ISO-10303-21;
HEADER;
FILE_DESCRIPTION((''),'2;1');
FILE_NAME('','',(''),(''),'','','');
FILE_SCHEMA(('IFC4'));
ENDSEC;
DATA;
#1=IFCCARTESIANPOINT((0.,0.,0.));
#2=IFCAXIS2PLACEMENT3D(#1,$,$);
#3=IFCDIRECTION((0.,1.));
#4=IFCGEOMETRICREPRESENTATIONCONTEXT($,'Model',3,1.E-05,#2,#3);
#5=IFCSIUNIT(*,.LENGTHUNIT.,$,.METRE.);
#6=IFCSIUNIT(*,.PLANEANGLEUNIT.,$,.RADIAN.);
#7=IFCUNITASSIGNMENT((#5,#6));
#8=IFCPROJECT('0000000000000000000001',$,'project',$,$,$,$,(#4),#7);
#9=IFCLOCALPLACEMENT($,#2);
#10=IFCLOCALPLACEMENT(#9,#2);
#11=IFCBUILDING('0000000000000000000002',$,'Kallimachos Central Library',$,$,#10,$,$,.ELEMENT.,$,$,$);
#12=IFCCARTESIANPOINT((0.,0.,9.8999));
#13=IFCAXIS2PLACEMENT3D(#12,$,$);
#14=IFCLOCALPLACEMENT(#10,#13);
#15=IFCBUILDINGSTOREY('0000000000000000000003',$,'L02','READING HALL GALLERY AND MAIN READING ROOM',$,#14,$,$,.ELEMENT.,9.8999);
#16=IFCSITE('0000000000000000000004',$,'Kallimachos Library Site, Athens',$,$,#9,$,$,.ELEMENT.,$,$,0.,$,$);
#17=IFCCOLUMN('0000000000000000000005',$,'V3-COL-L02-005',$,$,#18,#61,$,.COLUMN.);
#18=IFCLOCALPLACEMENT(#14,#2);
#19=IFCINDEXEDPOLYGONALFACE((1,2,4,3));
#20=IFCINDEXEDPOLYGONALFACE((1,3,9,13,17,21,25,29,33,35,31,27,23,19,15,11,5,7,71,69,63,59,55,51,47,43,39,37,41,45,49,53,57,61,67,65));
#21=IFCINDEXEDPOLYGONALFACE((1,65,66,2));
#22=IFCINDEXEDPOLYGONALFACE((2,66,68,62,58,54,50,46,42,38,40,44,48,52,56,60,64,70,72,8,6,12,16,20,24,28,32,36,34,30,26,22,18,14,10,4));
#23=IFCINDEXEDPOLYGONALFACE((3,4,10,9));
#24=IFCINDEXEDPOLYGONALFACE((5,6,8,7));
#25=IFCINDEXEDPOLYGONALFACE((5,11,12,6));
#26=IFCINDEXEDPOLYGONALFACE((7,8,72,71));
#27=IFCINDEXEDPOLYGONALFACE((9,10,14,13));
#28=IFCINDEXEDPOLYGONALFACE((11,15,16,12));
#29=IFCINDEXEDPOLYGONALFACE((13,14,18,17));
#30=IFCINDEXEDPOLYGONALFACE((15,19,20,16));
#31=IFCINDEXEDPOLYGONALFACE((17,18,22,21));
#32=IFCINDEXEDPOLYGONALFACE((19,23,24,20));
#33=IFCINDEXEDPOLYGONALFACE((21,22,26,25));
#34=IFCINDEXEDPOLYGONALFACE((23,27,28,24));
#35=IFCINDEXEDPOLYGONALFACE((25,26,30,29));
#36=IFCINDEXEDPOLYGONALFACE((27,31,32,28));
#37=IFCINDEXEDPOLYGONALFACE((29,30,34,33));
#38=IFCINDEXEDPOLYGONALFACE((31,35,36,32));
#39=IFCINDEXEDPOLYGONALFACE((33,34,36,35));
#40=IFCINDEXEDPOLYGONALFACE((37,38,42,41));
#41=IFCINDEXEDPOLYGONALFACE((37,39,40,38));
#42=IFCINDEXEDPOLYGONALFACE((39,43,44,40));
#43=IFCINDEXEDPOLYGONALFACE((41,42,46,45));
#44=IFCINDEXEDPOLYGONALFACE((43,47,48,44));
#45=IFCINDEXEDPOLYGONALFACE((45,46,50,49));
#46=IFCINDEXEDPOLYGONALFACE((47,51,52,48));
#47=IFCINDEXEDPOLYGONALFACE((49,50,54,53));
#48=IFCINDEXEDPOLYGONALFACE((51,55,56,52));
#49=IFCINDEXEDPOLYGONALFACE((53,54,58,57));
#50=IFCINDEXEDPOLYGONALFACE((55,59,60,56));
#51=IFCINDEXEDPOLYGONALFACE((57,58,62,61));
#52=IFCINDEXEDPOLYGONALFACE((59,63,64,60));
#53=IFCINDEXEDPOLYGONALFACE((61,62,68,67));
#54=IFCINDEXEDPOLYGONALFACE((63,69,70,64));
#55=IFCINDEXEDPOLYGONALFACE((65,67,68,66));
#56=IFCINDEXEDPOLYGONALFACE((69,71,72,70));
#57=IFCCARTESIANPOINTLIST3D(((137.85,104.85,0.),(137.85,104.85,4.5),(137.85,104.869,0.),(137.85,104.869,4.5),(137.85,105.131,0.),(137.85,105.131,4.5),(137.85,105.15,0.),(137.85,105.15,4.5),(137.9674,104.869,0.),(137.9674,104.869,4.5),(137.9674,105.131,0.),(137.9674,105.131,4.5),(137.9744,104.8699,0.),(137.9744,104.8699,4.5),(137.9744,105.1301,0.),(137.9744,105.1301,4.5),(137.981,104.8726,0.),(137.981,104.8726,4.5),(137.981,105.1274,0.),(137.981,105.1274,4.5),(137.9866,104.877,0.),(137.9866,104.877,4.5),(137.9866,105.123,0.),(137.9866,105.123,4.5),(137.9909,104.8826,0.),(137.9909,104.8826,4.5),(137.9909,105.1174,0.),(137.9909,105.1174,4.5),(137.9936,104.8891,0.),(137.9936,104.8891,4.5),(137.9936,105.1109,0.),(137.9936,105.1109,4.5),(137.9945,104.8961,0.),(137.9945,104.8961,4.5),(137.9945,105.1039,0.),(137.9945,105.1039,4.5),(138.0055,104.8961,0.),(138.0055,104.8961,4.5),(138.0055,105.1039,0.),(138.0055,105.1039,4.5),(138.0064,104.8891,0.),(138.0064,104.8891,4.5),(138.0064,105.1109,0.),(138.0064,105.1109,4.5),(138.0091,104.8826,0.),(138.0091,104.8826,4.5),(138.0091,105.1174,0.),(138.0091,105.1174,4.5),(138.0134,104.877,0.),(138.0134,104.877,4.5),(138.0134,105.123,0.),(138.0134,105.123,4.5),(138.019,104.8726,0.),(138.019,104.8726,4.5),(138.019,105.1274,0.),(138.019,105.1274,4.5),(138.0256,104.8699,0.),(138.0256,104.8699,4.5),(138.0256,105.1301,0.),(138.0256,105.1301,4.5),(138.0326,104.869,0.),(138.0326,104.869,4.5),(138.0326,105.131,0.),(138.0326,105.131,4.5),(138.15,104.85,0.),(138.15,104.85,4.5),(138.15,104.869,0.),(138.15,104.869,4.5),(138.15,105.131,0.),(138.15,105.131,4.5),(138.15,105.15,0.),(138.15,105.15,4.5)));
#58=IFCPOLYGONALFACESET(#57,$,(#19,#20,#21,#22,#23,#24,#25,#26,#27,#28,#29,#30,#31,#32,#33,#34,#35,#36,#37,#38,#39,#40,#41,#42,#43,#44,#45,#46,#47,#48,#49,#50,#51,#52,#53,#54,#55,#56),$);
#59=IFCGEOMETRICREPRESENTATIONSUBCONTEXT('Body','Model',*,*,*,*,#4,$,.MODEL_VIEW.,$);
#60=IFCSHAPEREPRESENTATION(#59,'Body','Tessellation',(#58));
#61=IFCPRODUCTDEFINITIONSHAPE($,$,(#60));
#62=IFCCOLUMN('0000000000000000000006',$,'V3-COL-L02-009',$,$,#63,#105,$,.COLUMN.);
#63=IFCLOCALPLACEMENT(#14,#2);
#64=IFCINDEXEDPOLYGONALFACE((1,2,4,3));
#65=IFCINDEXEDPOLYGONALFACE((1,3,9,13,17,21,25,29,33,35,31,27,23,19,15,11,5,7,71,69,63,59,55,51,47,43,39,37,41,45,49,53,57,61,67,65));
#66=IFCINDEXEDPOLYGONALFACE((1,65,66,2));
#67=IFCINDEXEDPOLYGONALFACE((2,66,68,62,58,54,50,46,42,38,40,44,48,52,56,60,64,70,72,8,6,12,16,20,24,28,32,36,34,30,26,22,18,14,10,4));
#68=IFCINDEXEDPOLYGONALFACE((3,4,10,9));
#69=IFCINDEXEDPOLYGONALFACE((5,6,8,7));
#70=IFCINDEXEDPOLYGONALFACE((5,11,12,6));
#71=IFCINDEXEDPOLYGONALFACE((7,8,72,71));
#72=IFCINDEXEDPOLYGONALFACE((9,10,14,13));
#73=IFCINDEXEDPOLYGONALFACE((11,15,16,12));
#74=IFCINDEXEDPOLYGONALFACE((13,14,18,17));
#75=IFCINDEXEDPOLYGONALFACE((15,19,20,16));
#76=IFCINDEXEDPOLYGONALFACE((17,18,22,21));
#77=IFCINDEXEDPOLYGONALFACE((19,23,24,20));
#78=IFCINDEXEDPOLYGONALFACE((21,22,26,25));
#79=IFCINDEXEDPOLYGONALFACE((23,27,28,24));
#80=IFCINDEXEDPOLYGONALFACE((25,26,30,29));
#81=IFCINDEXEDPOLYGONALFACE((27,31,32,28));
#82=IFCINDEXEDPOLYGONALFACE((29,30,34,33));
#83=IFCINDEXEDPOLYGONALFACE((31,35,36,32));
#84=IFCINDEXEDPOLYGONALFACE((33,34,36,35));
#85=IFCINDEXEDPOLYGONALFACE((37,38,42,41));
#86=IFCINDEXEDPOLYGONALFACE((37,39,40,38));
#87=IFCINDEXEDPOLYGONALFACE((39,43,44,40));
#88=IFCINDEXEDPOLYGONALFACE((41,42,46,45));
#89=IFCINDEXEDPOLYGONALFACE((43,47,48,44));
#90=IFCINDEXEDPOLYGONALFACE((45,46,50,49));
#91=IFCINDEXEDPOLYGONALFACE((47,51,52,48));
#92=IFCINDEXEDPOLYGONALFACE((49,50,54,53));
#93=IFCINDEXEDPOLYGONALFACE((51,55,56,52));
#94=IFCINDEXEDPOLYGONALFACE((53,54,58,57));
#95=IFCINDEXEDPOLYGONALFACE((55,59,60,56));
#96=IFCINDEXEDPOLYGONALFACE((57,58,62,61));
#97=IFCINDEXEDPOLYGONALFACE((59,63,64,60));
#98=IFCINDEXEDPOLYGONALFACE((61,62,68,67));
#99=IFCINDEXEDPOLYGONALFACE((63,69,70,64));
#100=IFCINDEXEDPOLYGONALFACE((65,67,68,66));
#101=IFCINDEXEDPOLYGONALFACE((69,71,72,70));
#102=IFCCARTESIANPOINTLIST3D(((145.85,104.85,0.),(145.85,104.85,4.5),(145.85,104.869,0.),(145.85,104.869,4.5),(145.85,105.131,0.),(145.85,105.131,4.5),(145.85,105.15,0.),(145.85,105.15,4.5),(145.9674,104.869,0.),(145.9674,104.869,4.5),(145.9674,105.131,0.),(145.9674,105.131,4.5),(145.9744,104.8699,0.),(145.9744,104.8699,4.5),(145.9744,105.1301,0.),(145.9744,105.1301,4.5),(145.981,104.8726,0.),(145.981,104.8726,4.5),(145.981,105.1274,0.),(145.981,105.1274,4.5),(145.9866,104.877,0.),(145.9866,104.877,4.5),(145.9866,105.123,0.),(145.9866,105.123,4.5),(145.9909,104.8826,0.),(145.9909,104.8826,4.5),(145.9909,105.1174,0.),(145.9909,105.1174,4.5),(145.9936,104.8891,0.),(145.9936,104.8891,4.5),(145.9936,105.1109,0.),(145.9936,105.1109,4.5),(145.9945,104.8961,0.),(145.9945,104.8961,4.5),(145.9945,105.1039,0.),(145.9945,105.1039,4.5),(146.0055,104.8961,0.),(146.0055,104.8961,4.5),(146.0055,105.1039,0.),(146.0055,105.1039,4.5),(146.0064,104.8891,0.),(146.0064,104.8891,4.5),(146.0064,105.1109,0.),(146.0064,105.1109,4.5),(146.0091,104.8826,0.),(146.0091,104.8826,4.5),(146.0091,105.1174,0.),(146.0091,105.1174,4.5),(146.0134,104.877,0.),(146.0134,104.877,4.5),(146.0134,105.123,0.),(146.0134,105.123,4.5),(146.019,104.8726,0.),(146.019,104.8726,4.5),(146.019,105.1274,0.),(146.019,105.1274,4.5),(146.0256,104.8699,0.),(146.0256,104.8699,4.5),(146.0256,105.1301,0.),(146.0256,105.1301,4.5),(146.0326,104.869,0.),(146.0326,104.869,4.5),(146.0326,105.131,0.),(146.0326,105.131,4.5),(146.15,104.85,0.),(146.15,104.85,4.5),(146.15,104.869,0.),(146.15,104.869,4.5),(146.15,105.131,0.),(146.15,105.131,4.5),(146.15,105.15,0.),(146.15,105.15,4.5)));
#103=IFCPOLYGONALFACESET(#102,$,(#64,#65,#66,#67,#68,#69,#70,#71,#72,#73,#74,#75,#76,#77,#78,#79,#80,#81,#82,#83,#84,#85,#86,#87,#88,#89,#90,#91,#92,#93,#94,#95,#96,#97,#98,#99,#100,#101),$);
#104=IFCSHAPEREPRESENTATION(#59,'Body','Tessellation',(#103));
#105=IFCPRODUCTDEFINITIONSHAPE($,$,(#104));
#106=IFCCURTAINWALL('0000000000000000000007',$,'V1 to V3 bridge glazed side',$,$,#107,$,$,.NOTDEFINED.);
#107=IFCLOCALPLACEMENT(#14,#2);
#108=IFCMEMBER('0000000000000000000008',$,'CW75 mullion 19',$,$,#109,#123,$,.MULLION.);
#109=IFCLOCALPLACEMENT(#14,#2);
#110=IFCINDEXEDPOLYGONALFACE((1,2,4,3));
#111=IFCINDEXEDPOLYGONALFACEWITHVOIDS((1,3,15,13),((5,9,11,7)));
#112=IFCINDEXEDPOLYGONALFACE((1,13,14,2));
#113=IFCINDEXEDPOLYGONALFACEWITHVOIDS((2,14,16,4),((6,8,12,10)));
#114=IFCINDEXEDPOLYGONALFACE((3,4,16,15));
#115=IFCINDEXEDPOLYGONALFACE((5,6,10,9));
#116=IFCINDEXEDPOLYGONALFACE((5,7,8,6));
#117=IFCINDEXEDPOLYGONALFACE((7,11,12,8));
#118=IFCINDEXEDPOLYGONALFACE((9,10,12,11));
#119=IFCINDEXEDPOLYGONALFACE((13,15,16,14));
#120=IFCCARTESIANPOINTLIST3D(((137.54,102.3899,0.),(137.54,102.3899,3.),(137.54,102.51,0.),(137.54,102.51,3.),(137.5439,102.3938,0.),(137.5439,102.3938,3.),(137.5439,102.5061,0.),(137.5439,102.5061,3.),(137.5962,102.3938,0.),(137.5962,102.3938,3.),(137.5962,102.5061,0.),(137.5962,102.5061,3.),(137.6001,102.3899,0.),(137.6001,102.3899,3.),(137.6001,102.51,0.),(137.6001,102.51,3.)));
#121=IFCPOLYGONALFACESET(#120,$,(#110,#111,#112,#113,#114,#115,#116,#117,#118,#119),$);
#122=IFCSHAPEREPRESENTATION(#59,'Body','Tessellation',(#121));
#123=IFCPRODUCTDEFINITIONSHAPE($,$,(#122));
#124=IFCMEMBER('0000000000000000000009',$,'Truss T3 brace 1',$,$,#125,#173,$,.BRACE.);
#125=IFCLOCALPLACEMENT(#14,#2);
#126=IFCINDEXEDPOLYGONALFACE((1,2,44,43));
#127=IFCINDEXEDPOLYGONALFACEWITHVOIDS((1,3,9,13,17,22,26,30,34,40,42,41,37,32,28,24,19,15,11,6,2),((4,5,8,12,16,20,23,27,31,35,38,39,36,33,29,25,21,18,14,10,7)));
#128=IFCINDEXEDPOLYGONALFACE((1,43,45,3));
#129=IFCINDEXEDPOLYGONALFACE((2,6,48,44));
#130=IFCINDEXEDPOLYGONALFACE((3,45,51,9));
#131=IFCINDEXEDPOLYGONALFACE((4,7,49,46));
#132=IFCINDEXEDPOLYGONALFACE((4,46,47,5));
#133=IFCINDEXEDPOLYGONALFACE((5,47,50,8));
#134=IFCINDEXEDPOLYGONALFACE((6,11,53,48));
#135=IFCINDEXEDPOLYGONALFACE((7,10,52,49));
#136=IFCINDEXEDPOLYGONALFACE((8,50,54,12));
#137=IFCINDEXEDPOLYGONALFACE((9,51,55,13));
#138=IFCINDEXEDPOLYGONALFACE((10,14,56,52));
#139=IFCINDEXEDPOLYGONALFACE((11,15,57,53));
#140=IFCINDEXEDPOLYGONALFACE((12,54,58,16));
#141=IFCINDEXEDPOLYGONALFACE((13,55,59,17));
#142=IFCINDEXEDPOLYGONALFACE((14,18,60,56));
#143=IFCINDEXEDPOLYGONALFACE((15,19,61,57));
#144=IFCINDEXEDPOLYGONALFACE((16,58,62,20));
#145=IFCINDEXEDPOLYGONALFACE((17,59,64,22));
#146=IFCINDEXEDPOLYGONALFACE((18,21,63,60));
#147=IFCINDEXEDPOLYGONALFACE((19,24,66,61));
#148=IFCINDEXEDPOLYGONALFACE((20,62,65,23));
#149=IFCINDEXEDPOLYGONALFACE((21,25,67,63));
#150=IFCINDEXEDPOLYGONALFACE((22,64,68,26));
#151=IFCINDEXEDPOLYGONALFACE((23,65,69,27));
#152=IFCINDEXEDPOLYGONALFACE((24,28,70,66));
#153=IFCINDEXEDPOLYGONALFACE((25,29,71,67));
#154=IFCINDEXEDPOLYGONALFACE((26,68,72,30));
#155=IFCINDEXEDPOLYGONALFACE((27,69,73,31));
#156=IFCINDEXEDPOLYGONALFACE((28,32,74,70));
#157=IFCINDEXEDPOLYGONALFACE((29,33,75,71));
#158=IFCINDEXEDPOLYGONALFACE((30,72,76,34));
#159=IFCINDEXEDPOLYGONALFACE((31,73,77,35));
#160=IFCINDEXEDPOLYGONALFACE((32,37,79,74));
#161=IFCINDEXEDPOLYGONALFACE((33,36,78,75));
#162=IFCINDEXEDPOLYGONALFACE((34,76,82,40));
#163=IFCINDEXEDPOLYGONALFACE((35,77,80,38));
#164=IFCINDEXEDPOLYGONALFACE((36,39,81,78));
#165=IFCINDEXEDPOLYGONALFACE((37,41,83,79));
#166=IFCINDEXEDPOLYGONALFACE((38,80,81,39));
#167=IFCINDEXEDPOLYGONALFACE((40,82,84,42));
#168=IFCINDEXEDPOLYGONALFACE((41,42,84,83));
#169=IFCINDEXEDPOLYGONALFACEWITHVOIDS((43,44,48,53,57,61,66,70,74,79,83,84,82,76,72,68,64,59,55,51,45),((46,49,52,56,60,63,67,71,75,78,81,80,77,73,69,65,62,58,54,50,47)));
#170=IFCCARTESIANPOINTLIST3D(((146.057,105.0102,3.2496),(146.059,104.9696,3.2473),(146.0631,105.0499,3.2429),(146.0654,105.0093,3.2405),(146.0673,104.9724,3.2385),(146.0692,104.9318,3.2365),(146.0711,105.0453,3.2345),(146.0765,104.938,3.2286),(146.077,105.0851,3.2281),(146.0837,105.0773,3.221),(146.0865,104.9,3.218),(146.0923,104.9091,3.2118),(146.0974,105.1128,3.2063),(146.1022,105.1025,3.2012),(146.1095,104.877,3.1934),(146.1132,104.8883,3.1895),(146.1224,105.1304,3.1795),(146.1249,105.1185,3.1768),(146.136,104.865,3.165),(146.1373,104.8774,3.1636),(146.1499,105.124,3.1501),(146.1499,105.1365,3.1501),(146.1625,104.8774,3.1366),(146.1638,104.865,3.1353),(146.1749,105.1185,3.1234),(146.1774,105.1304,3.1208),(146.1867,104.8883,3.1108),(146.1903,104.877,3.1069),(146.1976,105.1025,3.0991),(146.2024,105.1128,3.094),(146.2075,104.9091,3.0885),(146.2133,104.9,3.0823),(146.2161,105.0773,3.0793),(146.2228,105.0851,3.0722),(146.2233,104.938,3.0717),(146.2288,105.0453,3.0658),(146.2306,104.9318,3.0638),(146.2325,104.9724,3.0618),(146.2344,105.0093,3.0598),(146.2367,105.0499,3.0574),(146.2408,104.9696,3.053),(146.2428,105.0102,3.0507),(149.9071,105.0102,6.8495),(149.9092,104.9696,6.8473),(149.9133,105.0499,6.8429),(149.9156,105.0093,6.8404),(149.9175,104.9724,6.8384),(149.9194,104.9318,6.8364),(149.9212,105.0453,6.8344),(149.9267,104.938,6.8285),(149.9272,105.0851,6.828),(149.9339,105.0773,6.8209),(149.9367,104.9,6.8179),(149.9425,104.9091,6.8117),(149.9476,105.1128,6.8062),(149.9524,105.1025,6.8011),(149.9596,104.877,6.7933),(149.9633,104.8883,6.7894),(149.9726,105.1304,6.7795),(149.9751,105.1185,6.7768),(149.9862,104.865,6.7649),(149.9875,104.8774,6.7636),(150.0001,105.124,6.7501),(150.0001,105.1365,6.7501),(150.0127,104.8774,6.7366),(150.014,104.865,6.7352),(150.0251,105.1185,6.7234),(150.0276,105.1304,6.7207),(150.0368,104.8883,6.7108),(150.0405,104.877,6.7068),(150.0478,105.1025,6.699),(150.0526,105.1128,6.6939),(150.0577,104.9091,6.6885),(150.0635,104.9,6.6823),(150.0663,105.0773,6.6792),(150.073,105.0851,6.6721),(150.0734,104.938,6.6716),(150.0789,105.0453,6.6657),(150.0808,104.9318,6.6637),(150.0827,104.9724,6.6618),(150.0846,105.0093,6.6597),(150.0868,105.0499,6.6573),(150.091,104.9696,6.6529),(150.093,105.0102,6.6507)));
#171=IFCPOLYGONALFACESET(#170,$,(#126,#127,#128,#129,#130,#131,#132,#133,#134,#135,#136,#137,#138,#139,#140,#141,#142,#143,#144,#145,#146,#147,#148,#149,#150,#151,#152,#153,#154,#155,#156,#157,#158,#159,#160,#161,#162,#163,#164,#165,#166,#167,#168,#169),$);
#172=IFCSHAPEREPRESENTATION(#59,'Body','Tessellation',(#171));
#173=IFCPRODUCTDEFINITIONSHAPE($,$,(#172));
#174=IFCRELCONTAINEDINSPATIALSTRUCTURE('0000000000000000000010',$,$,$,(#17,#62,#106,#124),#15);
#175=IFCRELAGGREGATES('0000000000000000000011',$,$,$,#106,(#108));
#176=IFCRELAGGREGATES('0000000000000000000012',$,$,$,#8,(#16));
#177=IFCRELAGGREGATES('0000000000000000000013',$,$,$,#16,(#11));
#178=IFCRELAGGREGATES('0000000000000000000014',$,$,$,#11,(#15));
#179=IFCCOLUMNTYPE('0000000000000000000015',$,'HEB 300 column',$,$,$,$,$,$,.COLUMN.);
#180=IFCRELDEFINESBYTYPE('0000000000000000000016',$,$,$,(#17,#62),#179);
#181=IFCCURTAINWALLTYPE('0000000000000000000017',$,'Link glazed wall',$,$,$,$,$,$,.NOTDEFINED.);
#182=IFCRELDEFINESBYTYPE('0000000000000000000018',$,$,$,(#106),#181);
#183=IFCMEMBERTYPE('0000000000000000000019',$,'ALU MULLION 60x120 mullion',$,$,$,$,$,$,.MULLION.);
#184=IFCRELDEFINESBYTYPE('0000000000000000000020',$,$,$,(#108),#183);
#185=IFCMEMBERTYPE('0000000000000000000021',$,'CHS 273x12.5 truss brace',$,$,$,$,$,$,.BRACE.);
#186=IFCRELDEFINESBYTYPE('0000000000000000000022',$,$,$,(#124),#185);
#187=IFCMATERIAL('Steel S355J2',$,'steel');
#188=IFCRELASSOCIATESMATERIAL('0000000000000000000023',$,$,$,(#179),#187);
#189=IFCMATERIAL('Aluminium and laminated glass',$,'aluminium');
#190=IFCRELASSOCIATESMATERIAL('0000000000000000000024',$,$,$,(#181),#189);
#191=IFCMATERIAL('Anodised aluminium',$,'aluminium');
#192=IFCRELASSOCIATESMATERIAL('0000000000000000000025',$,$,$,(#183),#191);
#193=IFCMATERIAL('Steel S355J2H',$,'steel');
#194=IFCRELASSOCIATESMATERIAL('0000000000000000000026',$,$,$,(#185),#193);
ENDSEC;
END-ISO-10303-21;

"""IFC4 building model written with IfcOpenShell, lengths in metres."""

from ifc_helpers import new_model, si_unit, direction, frame, origin, origin_2d, place, context, subcontext, project, spatial, hollow_rectangle, hollow_circle, i_section, extrude, material, material_profile, profile_set, type_object, element, aggregate, save


model = new_model("IFC4")

# Units and contexts
model_context = context("Model", 3, precision=1e-05, world=origin(), true_north=direction((0.0, 1.0)))
body_context = subcontext(model_context, "Body", "Model", "MODEL_VIEW")
ifc_project = project(units=[si_unit("LENGTHUNIT", "METRE"), si_unit("PLANEANGLEUNIT", "RADIAN")], contexts=[model_context])

# Site, building, storey
site_placement = place(None, origin())
site = spatial("IfcSite", under=ifc_project, at=site_placement, Name="Kallimachos Library Site, Athens", CompositionType="ELEMENT", RefElevation=0.0)
building_placement = place(site_placement, origin())
building = spatial("IfcBuilding", under=site, at=building_placement, Name="Kallimachos Central Library", CompositionType="ELEMENT")
storey_placement = place(building_placement, frame((0.0, 0.0, 9.8999)))
storey = spatial("IfcBuildingStorey", under=building, at=storey_placement, Name="L02", Description="READING HALL GALLERY AND MAIN READING ROOM", CompositionType="ELEMENT", Elevation=9.8999)

# Columns
ifc_material_1 = material(Name="Steel S355J2", Category="steel")
ifc_material_profile_1 = material_profile(ifc_material_1, i_section(OverallWidth=0.3, OverallDepth=0.3, WebThickness=0.011, FlangeThickness=0.019, FilletRadius=0.0271, at=origin_2d()), Name="HEB 300")
ifc_profile_set_1 = profile_set([ifc_material_profile_1], Name="Steel S355J2")
column_type = type_object("IfcColumnType", Name="HEB 300 column", PredefinedType="COLUMN", material=ifc_profile_set_1)
for number, where, z_axis, x_axis, name in (
    (1, (138.0, 105.0, 0.0), (0.0, 0.0, 1.0), (1.0, 0.0, 0.0), "V3-COL-L02-005"),
    (2, (146.0, 105.0, 0.0), (0.0, 0.0, 1.0), (1.0, 0.0, 0.0), "V3-COL-L02-009"),
):
    element("IfcColumn", number, at=place(storey_placement, frame(where, z_axis=z_axis, x_axis=x_axis)), inside=storey, type_object=column_type, Name=name, PredefinedType="COLUMN", context=body_context, shape_type="SweptSolid", body=[
        extrude(i_section(OverallWidth=0.3, OverallDepth=0.3, WebThickness=0.011, FlangeThickness=0.019, FilletRadius=0.0271, at=origin_2d()), origin(), (0.0, 0.0, 1.0), 4.5),
    ])

# Curtain wall, member
ifc_material_2 = material(Name="Aluminium and laminated glass", Category="aluminium")
curtain_wall_type = type_object("IfcCurtainWallType", Name="Link glazed wall", PredefinedType="NOTDEFINED", material=ifc_material_2)
curtain_wall_placement = place(storey_placement, origin())
curtain_wall = element("IfcCurtainWall", 3, at=curtain_wall_placement, inside=storey, type_object=curtain_wall_type, Name="V1 to V3 bridge glazed side", PredefinedType="NOTDEFINED")
ifc_material_3 = material(Name="Anodised aluminium", Category="aluminium")
ifc_material_profile_2 = material_profile(ifc_material_3, hollow_rectangle(XDim=0.0601, YDim=0.1201, WallThickness=0.0039, at=origin_2d()), Name="ALU MULLION 60x120")
ifc_profile_set_2 = profile_set([ifc_material_profile_2], Name="Anodised aluminium")
member_type_1 = type_object("IfcMemberType", Name="ALU MULLION 60x120 mullion", PredefinedType="MULLION", material=ifc_profile_set_2)
member_1_placement = place(storey_placement, frame((137.5701, 102.45, 0.0), z_axis=(0.0, 0.0, 1.0), x_axis=(1.0, 0.0, 0.0)))
member_1 = element("IfcMember", 4, at=member_1_placement, type_object=member_type_1, Name="CW75 mullion 19", PredefinedType="MULLION", context=body_context, shape_type="SweptSolid", body=[
    extrude(hollow_rectangle(XDim=0.0601, YDim=0.1201, WallThickness=0.0039, at=origin_2d()), origin(), (0.0, 0.0, 1.0), 3.0),
])
aggregate(curtain_wall, [member_1])

# Member
ifc_material_4 = material(Name="Steel S355J2H", Category="steel")
ifc_material_profile_3 = material_profile(ifc_material_4, hollow_circle(Radius=0.1365, WallThickness=0.0125, at=origin_2d()), Name="CHS 273x12.5")
ifc_profile_set_3 = profile_set([ifc_material_profile_3], Name="Steel S355J2H")
member_type_2 = type_object("IfcMemberType", Name="CHS 273x12.5 truss brace", PredefinedType="BRACE", material=ifc_profile_set_3)
member_2_placement = place(storey_placement, frame((146.1499, 105.0, 3.1501), z_axis=(0.730447, 0.0, 0.68297), x_axis=(0.0, 1.0, 0.0)))
element("IfcMember", 5, at=member_2_placement, inside=storey, type_object=member_type_2, Name="Truss T3 brace 1", PredefinedType="BRACE", context=body_context, shape_type="SweptSolid", body=[
    extrude(hollow_circle(Radius=0.1365, WallThickness=0.0125, at=origin_2d()), origin(), (0.0, 0.0, 1.0), 5.271),
])

save(model, "model.ifc")
